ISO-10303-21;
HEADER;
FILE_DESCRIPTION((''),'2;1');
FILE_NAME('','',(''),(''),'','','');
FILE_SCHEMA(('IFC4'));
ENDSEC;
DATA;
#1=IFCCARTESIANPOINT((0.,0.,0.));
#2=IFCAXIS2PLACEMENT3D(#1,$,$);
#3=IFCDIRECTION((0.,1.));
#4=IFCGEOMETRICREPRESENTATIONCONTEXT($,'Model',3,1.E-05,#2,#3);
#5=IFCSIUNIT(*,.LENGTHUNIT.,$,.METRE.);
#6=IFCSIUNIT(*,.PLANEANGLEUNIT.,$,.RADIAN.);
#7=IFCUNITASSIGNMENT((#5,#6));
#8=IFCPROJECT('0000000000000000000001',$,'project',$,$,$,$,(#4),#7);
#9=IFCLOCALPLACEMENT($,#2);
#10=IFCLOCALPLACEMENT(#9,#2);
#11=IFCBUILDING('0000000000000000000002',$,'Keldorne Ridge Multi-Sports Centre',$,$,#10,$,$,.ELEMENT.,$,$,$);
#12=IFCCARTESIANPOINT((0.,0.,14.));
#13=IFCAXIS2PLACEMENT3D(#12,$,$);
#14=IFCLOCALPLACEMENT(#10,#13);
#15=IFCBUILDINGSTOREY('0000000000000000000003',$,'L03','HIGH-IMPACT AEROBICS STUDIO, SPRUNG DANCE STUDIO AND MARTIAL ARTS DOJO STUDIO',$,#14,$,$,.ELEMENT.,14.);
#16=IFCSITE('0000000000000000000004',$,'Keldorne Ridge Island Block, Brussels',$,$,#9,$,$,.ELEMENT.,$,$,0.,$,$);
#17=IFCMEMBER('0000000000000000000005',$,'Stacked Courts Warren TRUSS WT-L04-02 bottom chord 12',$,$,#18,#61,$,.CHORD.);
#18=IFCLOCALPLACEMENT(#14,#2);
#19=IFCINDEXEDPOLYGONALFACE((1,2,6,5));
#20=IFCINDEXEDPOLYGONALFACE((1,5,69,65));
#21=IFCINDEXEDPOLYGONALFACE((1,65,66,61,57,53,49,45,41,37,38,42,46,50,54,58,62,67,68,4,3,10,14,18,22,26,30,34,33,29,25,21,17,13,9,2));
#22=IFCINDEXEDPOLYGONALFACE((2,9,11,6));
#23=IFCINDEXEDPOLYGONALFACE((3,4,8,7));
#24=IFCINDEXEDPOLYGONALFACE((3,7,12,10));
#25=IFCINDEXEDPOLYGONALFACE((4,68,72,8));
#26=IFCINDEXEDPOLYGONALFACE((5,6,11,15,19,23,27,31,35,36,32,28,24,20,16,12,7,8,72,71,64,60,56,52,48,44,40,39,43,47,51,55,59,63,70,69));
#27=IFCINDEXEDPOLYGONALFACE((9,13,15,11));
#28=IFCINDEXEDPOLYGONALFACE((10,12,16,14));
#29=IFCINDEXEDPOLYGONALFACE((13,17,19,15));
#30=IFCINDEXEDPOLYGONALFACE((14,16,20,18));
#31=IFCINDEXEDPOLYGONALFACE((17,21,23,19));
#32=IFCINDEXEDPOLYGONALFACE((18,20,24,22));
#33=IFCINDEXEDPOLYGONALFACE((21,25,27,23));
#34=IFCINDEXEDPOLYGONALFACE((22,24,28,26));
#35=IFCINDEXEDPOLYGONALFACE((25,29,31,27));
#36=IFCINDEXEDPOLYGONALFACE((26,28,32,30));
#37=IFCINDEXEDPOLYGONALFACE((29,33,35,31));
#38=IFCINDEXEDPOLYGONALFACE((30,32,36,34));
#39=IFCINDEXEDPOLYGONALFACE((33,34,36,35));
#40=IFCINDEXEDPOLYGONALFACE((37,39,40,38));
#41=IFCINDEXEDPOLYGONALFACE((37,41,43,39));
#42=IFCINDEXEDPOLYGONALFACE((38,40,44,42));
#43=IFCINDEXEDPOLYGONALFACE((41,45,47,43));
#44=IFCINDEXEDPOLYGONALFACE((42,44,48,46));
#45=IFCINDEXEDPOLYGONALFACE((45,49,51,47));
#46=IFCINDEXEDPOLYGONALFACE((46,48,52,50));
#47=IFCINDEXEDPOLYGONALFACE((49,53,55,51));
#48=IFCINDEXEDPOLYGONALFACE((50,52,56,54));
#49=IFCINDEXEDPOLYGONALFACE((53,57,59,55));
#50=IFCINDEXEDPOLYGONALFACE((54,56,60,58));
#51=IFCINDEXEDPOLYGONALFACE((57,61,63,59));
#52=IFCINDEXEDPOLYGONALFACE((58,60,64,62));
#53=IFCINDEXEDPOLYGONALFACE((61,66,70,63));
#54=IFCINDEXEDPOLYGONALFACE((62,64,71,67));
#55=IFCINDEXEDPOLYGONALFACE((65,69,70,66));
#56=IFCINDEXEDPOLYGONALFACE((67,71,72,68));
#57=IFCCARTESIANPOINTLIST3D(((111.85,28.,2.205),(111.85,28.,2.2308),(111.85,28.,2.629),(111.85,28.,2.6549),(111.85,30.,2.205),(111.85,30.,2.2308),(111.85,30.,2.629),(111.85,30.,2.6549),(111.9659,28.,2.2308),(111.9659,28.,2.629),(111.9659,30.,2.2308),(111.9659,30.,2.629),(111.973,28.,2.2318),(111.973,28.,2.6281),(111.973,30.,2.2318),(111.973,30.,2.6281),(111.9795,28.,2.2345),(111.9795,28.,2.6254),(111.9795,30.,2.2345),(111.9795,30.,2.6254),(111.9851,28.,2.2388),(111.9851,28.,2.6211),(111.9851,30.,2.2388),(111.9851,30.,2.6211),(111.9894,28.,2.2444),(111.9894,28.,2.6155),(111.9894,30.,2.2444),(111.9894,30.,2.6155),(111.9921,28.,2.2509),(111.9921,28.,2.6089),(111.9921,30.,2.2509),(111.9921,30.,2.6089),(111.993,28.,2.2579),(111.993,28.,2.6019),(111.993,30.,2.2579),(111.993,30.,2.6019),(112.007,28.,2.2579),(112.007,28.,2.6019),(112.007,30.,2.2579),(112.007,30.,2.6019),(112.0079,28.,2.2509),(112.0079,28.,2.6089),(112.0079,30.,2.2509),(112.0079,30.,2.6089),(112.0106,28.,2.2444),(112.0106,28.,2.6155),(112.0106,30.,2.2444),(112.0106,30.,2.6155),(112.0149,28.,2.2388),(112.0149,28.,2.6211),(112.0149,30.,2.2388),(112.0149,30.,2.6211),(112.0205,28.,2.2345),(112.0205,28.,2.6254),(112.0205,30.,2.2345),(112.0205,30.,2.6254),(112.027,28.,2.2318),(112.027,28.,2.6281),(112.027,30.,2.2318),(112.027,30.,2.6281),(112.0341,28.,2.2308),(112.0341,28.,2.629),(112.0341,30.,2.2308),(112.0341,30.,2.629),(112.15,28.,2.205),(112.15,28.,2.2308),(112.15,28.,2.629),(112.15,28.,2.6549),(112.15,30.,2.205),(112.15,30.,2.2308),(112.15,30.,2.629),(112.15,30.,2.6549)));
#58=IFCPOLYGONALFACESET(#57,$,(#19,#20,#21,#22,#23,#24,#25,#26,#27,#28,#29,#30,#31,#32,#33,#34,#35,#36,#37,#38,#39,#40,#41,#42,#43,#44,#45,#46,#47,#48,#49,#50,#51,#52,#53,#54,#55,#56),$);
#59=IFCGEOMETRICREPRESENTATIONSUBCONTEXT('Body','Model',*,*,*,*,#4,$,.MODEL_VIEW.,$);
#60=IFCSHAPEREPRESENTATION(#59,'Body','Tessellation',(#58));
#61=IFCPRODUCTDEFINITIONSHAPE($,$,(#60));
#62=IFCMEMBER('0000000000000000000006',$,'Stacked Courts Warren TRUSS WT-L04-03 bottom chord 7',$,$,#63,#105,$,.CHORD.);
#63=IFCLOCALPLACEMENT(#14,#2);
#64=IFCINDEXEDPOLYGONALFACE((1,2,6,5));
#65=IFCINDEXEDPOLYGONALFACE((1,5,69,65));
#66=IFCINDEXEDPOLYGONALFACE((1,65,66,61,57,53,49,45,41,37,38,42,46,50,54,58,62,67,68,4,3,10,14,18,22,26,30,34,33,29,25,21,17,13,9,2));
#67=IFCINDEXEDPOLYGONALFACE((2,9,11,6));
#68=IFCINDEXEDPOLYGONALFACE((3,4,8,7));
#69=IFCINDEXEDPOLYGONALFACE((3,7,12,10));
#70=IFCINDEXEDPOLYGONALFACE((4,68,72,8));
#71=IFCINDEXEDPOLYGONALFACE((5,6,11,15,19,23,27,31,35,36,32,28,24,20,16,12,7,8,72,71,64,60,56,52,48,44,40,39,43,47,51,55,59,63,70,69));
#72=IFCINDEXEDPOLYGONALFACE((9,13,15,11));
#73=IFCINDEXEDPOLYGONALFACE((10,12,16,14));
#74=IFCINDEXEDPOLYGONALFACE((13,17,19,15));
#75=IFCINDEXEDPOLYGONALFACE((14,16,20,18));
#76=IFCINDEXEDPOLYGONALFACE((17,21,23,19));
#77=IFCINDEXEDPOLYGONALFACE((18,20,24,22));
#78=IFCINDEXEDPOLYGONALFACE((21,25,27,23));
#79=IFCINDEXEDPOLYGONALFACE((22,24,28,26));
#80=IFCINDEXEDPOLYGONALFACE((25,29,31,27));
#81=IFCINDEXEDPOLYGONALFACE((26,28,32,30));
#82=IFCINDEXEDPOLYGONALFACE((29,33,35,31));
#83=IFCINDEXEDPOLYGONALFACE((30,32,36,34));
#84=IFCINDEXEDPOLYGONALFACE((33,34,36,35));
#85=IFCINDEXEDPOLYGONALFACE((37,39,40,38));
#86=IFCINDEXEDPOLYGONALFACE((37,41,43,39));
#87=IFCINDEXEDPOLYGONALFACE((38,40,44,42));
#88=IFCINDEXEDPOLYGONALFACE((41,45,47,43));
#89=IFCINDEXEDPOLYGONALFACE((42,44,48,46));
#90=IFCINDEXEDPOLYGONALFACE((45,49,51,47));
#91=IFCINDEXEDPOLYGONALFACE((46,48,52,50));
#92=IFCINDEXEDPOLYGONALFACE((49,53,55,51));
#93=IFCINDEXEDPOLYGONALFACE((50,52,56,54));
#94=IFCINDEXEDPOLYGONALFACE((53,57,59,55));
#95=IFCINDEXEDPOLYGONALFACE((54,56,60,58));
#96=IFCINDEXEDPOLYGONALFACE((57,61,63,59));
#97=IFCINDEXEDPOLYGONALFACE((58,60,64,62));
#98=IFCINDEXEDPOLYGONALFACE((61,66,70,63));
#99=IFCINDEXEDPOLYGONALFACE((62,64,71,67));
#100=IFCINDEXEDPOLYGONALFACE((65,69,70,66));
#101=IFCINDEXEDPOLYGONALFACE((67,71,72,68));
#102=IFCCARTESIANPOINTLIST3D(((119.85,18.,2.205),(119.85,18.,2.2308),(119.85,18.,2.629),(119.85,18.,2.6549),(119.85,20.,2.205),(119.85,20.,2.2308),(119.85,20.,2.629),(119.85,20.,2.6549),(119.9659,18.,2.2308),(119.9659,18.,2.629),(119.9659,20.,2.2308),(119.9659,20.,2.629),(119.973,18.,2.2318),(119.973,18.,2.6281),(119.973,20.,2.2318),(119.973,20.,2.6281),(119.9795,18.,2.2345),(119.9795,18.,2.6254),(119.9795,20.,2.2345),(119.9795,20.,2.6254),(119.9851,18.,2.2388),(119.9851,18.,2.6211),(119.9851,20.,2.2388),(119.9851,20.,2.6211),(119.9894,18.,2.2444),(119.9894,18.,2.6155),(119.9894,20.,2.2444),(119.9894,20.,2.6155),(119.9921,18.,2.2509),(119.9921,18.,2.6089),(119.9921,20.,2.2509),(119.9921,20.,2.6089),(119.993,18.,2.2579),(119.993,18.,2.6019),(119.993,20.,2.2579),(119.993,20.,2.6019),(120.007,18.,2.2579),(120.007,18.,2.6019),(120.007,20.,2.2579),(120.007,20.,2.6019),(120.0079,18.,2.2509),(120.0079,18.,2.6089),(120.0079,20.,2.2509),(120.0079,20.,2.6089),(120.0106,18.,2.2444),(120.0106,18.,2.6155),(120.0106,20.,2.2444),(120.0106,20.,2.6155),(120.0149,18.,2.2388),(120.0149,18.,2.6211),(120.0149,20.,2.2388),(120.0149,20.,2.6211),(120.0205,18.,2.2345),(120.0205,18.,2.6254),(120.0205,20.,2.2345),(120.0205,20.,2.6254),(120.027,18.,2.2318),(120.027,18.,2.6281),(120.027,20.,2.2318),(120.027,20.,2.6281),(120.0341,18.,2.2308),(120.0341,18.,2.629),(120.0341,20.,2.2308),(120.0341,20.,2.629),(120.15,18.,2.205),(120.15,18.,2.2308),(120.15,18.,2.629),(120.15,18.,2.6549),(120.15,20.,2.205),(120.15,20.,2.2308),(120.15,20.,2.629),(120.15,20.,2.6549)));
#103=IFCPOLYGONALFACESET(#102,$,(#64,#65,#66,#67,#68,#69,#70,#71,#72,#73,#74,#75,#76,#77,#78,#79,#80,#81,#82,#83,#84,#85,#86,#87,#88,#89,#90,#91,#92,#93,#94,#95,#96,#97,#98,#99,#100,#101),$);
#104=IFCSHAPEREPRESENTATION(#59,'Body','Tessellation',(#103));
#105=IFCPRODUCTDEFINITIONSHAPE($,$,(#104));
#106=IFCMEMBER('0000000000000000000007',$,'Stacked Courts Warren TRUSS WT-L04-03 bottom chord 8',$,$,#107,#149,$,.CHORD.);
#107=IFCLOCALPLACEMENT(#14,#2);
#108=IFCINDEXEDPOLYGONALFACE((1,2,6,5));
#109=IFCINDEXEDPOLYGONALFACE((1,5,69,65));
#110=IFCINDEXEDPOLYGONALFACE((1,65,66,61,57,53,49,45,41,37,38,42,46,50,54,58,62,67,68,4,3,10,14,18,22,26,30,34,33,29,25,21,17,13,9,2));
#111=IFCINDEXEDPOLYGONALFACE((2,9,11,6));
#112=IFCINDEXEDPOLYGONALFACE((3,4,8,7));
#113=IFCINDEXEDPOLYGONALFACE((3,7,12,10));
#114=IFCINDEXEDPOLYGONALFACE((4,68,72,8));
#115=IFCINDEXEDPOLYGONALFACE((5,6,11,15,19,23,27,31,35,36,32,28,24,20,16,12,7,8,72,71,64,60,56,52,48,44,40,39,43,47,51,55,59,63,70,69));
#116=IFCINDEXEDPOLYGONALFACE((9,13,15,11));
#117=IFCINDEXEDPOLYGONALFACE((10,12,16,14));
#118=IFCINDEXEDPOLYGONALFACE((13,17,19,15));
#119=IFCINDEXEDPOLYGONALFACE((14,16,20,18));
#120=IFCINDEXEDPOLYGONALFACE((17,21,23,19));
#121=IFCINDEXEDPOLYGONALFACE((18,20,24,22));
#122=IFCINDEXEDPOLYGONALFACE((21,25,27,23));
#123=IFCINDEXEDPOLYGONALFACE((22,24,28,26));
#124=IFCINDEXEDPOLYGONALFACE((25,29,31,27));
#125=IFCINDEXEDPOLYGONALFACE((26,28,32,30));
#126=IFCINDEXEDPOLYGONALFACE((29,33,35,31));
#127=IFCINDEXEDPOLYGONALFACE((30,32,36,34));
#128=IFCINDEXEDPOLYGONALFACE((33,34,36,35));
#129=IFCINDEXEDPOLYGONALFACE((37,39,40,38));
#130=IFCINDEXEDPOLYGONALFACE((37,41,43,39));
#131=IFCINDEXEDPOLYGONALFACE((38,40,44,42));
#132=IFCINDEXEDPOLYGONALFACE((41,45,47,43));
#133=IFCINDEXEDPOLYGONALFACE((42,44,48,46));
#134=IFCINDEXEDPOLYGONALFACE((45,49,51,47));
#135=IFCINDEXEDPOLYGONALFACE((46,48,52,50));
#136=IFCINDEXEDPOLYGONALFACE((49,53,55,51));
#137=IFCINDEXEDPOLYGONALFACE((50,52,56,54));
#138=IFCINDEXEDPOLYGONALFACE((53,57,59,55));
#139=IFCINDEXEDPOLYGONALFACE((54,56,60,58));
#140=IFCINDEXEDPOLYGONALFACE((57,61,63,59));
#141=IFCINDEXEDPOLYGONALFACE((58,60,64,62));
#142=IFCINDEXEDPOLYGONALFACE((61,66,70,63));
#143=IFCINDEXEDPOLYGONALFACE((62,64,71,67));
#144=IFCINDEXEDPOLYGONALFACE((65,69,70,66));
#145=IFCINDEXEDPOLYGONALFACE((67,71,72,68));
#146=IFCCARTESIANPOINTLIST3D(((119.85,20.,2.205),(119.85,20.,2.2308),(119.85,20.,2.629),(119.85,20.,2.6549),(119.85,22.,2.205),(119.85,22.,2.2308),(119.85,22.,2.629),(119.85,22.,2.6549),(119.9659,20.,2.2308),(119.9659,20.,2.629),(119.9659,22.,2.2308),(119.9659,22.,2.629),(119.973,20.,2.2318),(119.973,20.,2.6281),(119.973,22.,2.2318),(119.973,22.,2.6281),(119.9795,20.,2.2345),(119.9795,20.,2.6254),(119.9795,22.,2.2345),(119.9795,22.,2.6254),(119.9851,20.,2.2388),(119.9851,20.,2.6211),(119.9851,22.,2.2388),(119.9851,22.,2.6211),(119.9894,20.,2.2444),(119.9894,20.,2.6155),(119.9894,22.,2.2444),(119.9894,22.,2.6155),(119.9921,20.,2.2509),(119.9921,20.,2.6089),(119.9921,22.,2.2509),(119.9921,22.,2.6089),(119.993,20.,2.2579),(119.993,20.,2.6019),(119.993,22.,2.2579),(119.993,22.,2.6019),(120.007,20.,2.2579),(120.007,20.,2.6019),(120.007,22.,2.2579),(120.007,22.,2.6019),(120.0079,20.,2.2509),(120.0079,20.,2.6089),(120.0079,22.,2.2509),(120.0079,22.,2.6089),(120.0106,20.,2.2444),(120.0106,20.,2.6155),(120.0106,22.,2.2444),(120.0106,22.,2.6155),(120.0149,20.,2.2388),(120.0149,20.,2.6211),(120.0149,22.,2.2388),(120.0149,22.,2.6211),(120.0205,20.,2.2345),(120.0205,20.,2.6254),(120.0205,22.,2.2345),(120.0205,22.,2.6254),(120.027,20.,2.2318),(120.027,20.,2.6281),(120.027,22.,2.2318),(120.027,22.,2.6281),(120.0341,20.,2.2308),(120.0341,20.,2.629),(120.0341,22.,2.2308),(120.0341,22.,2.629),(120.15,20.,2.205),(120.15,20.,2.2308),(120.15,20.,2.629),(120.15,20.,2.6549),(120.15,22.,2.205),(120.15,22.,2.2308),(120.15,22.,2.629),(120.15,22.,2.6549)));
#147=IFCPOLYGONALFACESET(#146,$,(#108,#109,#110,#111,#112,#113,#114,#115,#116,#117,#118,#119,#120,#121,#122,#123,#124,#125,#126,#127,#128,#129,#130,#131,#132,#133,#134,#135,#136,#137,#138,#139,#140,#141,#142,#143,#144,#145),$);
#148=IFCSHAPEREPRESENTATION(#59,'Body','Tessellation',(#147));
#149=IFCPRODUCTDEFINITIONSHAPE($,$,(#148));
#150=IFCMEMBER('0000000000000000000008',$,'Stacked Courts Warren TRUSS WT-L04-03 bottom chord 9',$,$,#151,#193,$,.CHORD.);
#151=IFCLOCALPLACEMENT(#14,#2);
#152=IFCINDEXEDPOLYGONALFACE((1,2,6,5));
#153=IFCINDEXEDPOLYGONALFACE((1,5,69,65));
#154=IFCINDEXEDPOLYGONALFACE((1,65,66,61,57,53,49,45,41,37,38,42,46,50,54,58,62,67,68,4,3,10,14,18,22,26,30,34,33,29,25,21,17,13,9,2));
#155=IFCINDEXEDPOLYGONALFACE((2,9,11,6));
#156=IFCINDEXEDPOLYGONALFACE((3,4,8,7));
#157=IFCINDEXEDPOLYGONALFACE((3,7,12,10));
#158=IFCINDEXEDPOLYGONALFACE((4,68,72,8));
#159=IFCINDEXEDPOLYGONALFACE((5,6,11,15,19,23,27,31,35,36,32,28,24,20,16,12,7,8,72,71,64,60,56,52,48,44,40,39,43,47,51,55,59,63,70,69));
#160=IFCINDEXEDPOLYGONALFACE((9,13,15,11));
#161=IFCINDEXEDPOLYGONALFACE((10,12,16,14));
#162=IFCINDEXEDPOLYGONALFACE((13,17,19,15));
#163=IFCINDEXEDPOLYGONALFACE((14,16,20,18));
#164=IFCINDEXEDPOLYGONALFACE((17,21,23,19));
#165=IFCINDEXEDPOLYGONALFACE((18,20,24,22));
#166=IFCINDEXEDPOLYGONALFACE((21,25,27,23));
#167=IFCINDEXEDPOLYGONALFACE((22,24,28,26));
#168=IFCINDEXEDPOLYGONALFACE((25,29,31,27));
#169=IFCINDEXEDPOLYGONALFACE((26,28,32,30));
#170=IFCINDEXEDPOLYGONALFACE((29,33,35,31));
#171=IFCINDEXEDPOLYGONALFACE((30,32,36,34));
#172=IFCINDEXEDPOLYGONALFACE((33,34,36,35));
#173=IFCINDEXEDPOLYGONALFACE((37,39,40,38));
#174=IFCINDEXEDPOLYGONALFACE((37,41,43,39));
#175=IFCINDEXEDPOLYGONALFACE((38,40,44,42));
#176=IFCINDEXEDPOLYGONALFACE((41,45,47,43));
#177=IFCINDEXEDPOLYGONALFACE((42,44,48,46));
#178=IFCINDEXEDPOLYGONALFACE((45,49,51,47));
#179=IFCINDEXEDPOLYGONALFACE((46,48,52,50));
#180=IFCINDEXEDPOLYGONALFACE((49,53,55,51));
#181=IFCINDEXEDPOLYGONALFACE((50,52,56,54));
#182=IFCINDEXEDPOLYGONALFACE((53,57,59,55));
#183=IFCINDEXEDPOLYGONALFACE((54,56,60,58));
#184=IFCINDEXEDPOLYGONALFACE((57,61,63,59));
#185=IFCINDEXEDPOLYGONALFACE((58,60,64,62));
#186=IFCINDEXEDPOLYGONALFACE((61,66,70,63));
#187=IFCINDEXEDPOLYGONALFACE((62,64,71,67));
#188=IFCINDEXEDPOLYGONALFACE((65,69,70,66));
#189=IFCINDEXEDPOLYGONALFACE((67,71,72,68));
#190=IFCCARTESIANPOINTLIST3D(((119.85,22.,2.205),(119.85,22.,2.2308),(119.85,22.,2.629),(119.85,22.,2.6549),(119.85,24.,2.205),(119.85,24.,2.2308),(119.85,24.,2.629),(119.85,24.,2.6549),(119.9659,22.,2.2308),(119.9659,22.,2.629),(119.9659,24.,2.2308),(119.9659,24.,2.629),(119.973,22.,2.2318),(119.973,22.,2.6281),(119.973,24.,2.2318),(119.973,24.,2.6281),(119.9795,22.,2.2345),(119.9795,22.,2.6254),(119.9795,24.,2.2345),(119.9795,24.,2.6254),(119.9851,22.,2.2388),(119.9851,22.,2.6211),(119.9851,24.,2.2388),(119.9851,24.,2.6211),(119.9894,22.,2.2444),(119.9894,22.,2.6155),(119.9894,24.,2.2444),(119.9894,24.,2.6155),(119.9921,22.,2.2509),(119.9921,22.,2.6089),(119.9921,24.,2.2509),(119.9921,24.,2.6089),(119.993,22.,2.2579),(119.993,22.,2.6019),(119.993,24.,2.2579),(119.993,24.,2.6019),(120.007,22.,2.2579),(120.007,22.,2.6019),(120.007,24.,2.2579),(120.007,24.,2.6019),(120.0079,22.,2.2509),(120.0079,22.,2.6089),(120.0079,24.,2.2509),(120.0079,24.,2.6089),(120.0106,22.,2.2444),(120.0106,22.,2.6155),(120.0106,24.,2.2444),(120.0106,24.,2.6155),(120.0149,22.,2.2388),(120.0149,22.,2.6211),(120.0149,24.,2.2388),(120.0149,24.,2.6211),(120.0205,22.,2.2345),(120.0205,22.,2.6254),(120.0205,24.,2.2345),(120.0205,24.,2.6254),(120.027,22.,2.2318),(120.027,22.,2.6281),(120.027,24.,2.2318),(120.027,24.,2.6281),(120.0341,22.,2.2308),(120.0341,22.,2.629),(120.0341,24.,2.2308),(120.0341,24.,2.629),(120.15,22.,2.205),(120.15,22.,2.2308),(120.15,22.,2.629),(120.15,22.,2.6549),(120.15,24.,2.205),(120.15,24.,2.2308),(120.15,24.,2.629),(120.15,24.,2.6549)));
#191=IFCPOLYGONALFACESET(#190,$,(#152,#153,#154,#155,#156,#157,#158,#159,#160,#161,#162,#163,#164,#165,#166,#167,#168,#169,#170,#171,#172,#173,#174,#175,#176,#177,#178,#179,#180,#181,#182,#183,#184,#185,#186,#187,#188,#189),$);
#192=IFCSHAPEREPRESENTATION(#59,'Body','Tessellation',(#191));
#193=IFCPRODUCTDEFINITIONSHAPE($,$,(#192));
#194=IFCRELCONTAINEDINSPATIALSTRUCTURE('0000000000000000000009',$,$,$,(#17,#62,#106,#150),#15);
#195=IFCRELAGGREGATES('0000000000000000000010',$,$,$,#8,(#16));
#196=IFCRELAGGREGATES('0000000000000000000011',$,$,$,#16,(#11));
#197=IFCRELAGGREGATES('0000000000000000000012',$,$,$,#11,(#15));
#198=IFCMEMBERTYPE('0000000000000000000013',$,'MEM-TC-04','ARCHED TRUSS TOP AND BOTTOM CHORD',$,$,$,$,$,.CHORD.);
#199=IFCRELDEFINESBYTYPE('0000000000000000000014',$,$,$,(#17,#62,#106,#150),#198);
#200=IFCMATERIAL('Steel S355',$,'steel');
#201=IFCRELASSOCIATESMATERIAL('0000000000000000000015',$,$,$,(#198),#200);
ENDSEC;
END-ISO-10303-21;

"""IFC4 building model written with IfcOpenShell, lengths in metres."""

from ifc_helpers import new_model, si_unit, direction, frame, origin, origin_2d, place, context, subcontext, project, spatial, i_section, extrude, material, material_profile, profile_set, type_object, element, save


model = new_model("IFC4")

# Units and contexts
model_context = context("Model", 3, precision=1e-05, world=origin(), true_north=direction((0.0, 1.0)))
body_context = subcontext(model_context, "Body", "Model", "MODEL_VIEW")
ifc_project = project(units=[si_unit("LENGTHUNIT", "METRE"), si_unit("PLANEANGLEUNIT", "RADIAN")], contexts=[model_context])

# Site, building, storey
site_placement = place(None, origin())
site = spatial("IfcSite", under=ifc_project, at=site_placement, Name="Keldorne Ridge Island Block, Brussels", CompositionType="ELEMENT", RefElevation=0.0)
building_placement = place(site_placement, origin())
building = spatial("IfcBuilding", under=site, at=building_placement, Name="Keldorne Ridge Multi-Sports Centre", CompositionType="ELEMENT")
storey_placement = place(building_placement, frame((0.0, 0.0, 14.0)))
storey = spatial("IfcBuildingStorey", under=building, at=storey_placement, Name="L03", Description="HIGH-IMPACT AEROBICS STUDIO, SPRUNG DANCE STUDIO AND MARTIAL ARTS DOJO STUDIO", CompositionType="ELEMENT", Elevation=14.0)

# Members
ifc_material = material(Name="Steel S355", Category="steel")
ifc_material_profile_1 = material_profile(ifc_material, i_section(OverallWidth=0.3, OverallDepth=0.45, WebThickness=0.0139, FlangeThickness=0.0259, FilletRadius=0.0271, at=origin_2d()), Name="HEB 450")
ifc_profile_set_1 = profile_set([ifc_material_profile_1], Name="Steel S355")
member_type_1 = type_object("IfcMemberType", Name="MEM-TC-04", Description="ARCHED TRUSS TOP AND BOTTOM CHORD", PredefinedType="CHORD", material=ifc_profile_set_1)
for number, where, z_axis, x_axis, name in (
    (1, (112.0, 28.0, 2.4299), (0.0, 1.0, 0.0), (-1.0, 0.0, 0.0), "Stacked Courts Warren TRUSS WT-L04-02 bottom chord 12"),
    (2, (120.0, 18.0, 2.4299), (0.0, 1.0, 0.0), (-1.0, 0.0, 0.0), "Stacked Courts Warren TRUSS WT-L04-03 bottom chord 7"),
    (3, (120.0, 20.0, 2.4299), (0.0, 1.0, 0.0), (-1.0, 0.0, 0.0), "Stacked Courts Warren TRUSS WT-L04-03 bottom chord 8"),
    (4, (120.0, 22.0, 2.4299), (0.0, 1.0, 0.0), (-1.0, 0.0, 0.0), "Stacked Courts Warren TRUSS WT-L04-03 bottom chord 9"),
):
    element("IfcMember", number, at=place(storey_placement, frame(where, z_axis=z_axis, x_axis=x_axis)), inside=storey, type_object=member_type_1, Name=name, PredefinedType="CHORD", context=body_context, shape_type="SweptSolid", body=[
        extrude(i_section(OverallWidth=0.3, OverallDepth=0.45, WebThickness=0.0139, FlangeThickness=0.0259, FilletRadius=0.0271, at=origin_2d()), origin(), (0.0, 0.0, 1.0), 2.0),
    ])

save(model, "model.ifc")
